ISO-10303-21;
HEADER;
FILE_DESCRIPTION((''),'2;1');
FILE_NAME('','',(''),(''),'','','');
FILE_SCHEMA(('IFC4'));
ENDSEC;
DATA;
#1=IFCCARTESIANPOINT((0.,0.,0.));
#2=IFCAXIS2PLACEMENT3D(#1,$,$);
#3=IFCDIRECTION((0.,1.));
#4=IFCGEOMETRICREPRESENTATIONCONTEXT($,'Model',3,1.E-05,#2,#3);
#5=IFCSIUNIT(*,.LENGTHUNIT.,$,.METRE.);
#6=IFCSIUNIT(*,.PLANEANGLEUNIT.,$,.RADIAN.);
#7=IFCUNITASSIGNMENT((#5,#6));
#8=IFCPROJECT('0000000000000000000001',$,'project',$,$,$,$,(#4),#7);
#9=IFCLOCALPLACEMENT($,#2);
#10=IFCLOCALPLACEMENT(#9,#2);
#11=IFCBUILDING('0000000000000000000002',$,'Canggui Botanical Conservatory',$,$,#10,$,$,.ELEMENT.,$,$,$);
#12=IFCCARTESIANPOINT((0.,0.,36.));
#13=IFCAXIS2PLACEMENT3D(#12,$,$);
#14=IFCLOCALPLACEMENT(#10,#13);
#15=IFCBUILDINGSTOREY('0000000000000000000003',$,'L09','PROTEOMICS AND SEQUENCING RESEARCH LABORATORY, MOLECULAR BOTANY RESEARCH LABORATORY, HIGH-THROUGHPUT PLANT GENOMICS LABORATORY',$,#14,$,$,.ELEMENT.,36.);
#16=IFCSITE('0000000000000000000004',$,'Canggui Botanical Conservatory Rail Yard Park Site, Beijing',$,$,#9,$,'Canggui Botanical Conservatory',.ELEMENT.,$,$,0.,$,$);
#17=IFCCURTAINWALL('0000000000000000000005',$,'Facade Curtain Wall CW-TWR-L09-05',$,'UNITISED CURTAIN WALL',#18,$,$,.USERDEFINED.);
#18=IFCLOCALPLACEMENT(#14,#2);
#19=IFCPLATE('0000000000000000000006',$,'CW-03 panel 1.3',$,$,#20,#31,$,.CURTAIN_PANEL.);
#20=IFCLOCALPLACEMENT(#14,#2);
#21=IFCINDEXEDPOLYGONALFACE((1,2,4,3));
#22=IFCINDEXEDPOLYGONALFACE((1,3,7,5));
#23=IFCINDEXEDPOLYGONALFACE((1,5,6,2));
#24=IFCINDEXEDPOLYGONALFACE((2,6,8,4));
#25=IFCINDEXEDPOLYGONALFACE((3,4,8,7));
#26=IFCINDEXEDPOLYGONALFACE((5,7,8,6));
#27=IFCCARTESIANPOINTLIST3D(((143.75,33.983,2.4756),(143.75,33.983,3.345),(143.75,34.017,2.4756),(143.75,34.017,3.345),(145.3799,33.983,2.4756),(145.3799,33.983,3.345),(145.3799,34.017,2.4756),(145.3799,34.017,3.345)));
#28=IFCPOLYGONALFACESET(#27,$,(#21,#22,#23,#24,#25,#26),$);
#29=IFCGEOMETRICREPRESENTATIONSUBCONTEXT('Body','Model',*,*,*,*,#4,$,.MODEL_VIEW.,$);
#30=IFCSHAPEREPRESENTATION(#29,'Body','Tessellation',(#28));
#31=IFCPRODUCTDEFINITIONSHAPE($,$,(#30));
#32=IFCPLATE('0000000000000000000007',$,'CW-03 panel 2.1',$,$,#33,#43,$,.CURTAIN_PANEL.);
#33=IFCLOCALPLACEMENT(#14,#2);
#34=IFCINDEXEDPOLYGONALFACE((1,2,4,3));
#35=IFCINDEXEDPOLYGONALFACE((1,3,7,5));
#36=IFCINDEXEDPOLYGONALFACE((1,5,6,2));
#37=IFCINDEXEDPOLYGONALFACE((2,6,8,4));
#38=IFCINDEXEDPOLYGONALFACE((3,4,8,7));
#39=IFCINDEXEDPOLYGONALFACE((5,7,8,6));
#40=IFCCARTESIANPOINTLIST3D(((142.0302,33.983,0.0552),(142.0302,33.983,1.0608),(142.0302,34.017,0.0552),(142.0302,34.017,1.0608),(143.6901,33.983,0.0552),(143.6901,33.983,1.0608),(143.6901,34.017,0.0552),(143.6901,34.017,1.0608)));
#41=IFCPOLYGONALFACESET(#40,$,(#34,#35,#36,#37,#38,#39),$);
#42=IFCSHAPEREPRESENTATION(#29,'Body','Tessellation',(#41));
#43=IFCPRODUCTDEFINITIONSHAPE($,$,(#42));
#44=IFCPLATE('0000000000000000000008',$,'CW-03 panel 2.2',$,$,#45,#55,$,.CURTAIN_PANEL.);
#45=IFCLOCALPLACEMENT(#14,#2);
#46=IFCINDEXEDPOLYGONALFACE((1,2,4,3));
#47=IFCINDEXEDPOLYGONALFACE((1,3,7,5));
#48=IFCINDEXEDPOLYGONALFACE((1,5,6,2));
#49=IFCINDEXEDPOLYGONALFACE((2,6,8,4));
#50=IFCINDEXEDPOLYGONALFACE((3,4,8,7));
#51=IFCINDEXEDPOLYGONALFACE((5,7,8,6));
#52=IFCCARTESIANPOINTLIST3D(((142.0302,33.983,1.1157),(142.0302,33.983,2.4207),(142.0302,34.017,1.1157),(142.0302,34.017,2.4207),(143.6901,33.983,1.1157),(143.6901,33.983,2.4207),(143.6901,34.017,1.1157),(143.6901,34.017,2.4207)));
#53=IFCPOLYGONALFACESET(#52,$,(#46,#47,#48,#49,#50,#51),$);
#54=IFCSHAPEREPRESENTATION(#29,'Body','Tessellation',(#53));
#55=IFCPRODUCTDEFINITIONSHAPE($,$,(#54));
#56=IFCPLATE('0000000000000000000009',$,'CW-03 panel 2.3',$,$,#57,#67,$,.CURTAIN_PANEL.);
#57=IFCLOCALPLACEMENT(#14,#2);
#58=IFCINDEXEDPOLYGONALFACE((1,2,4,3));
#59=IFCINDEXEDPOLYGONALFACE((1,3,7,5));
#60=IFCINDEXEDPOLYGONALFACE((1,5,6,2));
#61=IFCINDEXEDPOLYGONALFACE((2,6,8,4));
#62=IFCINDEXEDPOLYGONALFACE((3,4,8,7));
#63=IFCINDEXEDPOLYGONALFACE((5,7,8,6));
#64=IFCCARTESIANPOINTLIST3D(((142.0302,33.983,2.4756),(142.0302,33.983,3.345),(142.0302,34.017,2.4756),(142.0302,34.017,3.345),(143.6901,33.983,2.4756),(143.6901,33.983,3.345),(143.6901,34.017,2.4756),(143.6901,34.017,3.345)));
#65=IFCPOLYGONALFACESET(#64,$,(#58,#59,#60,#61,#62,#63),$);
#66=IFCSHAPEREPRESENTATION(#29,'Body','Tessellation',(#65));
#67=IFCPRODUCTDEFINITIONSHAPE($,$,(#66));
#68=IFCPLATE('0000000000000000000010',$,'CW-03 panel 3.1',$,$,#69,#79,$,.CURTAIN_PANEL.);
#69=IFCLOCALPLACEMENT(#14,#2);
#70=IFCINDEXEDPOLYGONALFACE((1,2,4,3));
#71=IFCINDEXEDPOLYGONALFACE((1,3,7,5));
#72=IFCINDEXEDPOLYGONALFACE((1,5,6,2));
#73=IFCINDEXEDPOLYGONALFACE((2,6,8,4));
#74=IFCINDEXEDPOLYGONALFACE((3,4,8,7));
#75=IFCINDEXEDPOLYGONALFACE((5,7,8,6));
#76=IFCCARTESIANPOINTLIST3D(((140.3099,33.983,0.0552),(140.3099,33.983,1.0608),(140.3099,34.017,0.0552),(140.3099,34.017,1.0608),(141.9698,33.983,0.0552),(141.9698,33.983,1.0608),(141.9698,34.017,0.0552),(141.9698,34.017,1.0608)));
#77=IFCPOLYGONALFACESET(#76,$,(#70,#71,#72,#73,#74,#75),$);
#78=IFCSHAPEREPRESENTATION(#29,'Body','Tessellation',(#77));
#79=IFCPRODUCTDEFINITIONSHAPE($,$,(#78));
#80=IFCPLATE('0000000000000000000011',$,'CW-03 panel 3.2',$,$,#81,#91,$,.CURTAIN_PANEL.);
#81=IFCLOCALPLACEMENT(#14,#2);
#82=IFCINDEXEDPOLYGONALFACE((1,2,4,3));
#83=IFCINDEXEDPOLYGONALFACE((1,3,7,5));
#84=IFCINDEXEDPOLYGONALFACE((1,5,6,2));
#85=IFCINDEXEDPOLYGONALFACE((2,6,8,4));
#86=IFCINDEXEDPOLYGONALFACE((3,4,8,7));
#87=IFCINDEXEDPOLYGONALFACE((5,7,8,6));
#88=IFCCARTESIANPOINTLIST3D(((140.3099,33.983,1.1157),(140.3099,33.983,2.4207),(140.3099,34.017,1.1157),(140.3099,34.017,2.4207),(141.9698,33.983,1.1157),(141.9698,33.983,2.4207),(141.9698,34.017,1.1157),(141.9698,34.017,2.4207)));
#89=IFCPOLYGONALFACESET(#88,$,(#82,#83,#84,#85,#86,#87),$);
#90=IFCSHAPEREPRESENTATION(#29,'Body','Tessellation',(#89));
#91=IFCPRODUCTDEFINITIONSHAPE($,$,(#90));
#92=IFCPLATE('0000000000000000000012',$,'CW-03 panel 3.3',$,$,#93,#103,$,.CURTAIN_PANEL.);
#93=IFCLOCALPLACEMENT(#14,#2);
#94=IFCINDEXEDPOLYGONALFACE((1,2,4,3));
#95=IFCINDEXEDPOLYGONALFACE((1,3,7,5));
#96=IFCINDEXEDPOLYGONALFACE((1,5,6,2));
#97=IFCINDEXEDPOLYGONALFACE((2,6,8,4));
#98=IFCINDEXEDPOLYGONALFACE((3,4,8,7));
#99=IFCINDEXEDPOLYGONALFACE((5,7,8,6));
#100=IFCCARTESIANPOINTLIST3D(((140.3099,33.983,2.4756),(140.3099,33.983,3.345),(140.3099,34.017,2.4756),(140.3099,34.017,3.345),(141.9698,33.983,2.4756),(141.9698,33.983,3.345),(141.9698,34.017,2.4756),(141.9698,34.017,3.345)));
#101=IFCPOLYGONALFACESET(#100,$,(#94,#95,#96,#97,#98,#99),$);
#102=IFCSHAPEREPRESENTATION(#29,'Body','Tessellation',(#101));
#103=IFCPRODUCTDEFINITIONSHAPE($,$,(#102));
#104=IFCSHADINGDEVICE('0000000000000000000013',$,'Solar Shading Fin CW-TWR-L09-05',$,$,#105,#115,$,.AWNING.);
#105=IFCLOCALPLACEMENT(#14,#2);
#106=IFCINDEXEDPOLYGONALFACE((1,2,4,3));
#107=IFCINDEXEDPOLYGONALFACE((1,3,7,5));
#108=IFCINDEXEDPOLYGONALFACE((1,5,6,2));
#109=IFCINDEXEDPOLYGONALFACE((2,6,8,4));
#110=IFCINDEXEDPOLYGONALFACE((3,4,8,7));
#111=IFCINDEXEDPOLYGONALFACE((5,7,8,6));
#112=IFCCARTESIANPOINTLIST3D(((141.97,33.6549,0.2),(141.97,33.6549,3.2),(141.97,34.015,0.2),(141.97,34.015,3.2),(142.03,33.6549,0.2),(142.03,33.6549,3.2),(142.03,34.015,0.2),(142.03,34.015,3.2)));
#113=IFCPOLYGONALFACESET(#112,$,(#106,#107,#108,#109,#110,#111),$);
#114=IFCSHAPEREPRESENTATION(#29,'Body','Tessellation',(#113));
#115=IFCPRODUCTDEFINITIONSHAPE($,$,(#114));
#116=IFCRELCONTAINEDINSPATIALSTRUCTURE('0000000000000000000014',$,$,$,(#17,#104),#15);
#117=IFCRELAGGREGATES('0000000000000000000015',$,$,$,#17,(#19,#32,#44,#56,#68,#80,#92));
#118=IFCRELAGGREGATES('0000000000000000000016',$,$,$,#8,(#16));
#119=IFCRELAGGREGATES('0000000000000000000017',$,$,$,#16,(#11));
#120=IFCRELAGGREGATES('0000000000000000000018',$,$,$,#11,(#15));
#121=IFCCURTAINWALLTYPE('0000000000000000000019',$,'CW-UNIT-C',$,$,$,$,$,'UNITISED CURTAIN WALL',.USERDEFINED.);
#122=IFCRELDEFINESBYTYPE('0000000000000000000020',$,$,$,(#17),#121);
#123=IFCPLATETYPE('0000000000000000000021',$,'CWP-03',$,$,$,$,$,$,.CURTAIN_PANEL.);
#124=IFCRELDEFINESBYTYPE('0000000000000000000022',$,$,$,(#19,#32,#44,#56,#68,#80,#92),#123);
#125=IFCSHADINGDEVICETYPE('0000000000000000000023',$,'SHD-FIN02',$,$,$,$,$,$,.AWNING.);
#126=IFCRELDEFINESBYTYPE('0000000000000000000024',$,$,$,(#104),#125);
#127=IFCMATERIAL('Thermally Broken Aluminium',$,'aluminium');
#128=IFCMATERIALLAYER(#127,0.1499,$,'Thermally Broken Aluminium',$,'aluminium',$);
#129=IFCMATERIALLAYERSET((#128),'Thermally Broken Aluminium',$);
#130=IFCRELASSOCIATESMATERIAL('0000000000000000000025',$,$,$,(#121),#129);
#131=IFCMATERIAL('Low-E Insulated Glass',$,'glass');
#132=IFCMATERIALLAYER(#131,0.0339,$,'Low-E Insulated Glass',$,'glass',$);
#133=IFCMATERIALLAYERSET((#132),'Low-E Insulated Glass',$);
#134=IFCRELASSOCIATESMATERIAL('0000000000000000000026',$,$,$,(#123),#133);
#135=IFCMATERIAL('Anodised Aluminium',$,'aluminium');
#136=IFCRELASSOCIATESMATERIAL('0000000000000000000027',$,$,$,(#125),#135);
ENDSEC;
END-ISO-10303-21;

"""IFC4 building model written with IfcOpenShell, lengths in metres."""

from ifc_helpers import new_model, si_unit, direction, frame, origin, origin_2d, place, context, subcontext, project, spatial, rectangle, extrude, material, layer, layer_set, type_object, element, aggregate, save


model = new_model("IFC4")

# Units and contexts
model_context = context("Model", 3, precision=1e-05, world=origin(), true_north=direction((0.0, 1.0)))
body_context = subcontext(model_context, "Body", "Model", "MODEL_VIEW")
ifc_project = project(units=[si_unit("LENGTHUNIT", "METRE"), si_unit("PLANEANGLEUNIT", "RADIAN")], contexts=[model_context])

# Site, building, storey
site_placement = place(None, origin())
site = spatial("IfcSite", under=ifc_project, at=site_placement, Name="Canggui Botanical Conservatory Rail Yard Park Site, Beijing", LongName="Canggui Botanical Conservatory", CompositionType="ELEMENT", RefElevation=0.0)
building_placement = place(site_placement, origin())
building = spatial("IfcBuilding", under=site, at=building_placement, Name="Canggui Botanical Conservatory", CompositionType="ELEMENT")
storey_placement = place(building_placement, frame((0.0, 0.0, 36.0)))
storey = spatial("IfcBuildingStorey", under=building, at=storey_placement, Name="L09", Description="PROTEOMICS AND SEQUENCING RESEARCH LABORATORY, MOLECULAR BOTANY RESEARCH LABORATORY, HIGH-THROUGHPUT PLANT GENOMICS LABORATORY", CompositionType="ELEMENT", Elevation=36.0)

# Curtain wall, plates
ifc_material_1 = material(Name="Thermally Broken Aluminium", Category="aluminium")
ifc_layer_1 = layer(ifc_material_1, 0.1499, Name="Thermally Broken Aluminium", Category="aluminium")
ifc_layer_set_1 = layer_set([ifc_layer_1], Name="Thermally Broken Aluminium")
curtain_wall_type = type_object("IfcCurtainWallType", Name="CW-UNIT-C", ElementType="UNITISED CURTAIN WALL", PredefinedType="USERDEFINED", material=ifc_layer_set_1)
curtain_wall_placement = place(storey_placement, origin())
curtain_wall = element("IfcCurtainWall", 1, at=curtain_wall_placement, inside=storey, type_object=curtain_wall_type, Name="Facade Curtain Wall CW-TWR-L09-05", ObjectType="UNITISED CURTAIN WALL", PredefinedType="USERDEFINED")
ifc_material_2 = material(Name="Low-E Insulated Glass", Category="glass")
ifc_layer_2 = layer(ifc_material_2, 0.0339, Name="Low-E Insulated Glass", Category="glass")
ifc_layer_set_2 = layer_set([ifc_layer_2], Name="Low-E Insulated Glass")
plate_type = type_object("IfcPlateType", Name="CWP-03", PredefinedType="CURTAIN_PANEL", material=ifc_layer_set_2)
plate_1_placement = place(storey_placement, frame((144.5649, 34.0, 2.4756), z_axis=(0.0, 0.0, 1.0), x_axis=(-1.0, 0.0, 0.0)))
plate_1 = element("IfcPlate", 2, at=plate_1_placement, type_object=plate_type, Name="CW-03 panel 1.3", PredefinedType="CURTAIN_PANEL", context=body_context, shape_type="SweptSolid", body=[
    extrude(rectangle(XDim=1.6299, YDim=0.0339, at=origin_2d()), origin(), (0.0, 0.0, 1.0), 0.8694),
])
plate_2_placement = place(storey_placement, frame((142.8601, 34.0, 0.0552), z_axis=(0.0, 0.0, 1.0), x_axis=(-1.0, 0.0, 0.0)))
plate_2 = element("IfcPlate", 3, at=plate_2_placement, type_object=plate_type, Name="CW-03 panel 2.1", PredefinedType="CURTAIN_PANEL", context=body_context, shape_type="SweptSolid", body=[
    extrude(rectangle(XDim=1.6599, YDim=0.0339, at=origin_2d()), origin(), (0.0, 0.0, 1.0), 1.0056),
])
plate_3_placement = place(storey_placement, frame((142.8601, 34.0, 1.1157), z_axis=(0.0, 0.0, 1.0), x_axis=(-1.0, 0.0, 0.0)))
plate_3 = element("IfcPlate", 4, at=plate_3_placement, type_object=plate_type, Name="CW-03 panel 2.2", PredefinedType="CURTAIN_PANEL", context=body_context, shape_type="SweptSolid", body=[
    extrude(rectangle(XDim=1.6599, YDim=0.0339, at=origin_2d()), origin(), (0.0, 0.0, 1.0), 1.3049),
])
plate_4_placement = place(storey_placement, frame((142.8601, 34.0, 2.4756), z_axis=(0.0, 0.0, 1.0), x_axis=(-1.0, 0.0, 0.0)))
plate_4 = element("IfcPlate", 5, at=plate_4_placement, type_object=plate_type, Name="CW-03 panel 2.3", PredefinedType="CURTAIN_PANEL", context=body_context, shape_type="SweptSolid", body=[
    extrude(rectangle(XDim=1.6599, YDim=0.0339, at=origin_2d()), origin(), (0.0, 0.0, 1.0), 0.8694),
])
plate_5_placement = place(storey_placement, frame((141.1399, 34.0, 0.0552), z_axis=(0.0, 0.0, 1.0), x_axis=(-1.0, 0.0, 0.0)))
plate_5 = element("IfcPlate", 6, at=plate_5_placement, type_object=plate_type, Name="CW-03 panel 3.1", PredefinedType="CURTAIN_PANEL", context=body_context, shape_type="SweptSolid", body=[
    extrude(rectangle(XDim=1.6599, YDim=0.0339, at=origin_2d()), origin(), (0.0, 0.0, 1.0), 1.0056),
])
plate_6_placement = place(storey_placement, frame((141.1399, 34.0, 1.1157), z_axis=(0.0, 0.0, 1.0), x_axis=(-1.0, 0.0, 0.0)))
plate_6 = element("IfcPlate", 7, at=plate_6_placement, type_object=plate_type, Name="CW-03 panel 3.2", PredefinedType="CURTAIN_PANEL", context=body_context, shape_type="SweptSolid", body=[
    extrude(rectangle(XDim=1.6599, YDim=0.0339, at=origin_2d()), origin(), (0.0, 0.0, 1.0), 1.3049),
])
plate_7_placement = place(storey_placement, frame((141.1399, 34.0, 2.4756), z_axis=(0.0, 0.0, 1.0), x_axis=(-1.0, 0.0, 0.0)))
plate_7 = element("IfcPlate", 8, at=plate_7_placement, type_object=plate_type, Name="CW-03 panel 3.3", PredefinedType="CURTAIN_PANEL", context=body_context, shape_type="SweptSolid", body=[
    extrude(rectangle(XDim=1.6599, YDim=0.0339, at=origin_2d()), origin(), (0.0, 0.0, 1.0), 0.8694),
])
aggregate(curtain_wall, [plate_1, plate_2, plate_3, plate_4, plate_5, plate_6, plate_7])

# Shading device
ifc_material_3 = material(Name="Anodised Aluminium", Category="aluminium")
shading_device_type = type_object("IfcShadingDeviceType", Name="SHD-FIN02", PredefinedType="AWNING", material=ifc_material_3)
shading_device_placement = place(storey_placement, frame((142.0, 33.835, 0.2), z_axis=(0.0, 0.0, 1.0), x_axis=(-1.0, 0.0, 0.0)))
element("IfcShadingDevice", 9, at=shading_device_placement, inside=storey, type_object=shading_device_type, Name="Solar Shading Fin CW-TWR-L09-05", PredefinedType="AWNING", context=body_context, shape_type="SweptSolid", body=[
    extrude(rectangle(XDim=0.0601, YDim=0.3601, at=origin_2d()), origin(), (0.0, 0.0, 1.0), 3.0),
])

save(model, "model.ifc")
